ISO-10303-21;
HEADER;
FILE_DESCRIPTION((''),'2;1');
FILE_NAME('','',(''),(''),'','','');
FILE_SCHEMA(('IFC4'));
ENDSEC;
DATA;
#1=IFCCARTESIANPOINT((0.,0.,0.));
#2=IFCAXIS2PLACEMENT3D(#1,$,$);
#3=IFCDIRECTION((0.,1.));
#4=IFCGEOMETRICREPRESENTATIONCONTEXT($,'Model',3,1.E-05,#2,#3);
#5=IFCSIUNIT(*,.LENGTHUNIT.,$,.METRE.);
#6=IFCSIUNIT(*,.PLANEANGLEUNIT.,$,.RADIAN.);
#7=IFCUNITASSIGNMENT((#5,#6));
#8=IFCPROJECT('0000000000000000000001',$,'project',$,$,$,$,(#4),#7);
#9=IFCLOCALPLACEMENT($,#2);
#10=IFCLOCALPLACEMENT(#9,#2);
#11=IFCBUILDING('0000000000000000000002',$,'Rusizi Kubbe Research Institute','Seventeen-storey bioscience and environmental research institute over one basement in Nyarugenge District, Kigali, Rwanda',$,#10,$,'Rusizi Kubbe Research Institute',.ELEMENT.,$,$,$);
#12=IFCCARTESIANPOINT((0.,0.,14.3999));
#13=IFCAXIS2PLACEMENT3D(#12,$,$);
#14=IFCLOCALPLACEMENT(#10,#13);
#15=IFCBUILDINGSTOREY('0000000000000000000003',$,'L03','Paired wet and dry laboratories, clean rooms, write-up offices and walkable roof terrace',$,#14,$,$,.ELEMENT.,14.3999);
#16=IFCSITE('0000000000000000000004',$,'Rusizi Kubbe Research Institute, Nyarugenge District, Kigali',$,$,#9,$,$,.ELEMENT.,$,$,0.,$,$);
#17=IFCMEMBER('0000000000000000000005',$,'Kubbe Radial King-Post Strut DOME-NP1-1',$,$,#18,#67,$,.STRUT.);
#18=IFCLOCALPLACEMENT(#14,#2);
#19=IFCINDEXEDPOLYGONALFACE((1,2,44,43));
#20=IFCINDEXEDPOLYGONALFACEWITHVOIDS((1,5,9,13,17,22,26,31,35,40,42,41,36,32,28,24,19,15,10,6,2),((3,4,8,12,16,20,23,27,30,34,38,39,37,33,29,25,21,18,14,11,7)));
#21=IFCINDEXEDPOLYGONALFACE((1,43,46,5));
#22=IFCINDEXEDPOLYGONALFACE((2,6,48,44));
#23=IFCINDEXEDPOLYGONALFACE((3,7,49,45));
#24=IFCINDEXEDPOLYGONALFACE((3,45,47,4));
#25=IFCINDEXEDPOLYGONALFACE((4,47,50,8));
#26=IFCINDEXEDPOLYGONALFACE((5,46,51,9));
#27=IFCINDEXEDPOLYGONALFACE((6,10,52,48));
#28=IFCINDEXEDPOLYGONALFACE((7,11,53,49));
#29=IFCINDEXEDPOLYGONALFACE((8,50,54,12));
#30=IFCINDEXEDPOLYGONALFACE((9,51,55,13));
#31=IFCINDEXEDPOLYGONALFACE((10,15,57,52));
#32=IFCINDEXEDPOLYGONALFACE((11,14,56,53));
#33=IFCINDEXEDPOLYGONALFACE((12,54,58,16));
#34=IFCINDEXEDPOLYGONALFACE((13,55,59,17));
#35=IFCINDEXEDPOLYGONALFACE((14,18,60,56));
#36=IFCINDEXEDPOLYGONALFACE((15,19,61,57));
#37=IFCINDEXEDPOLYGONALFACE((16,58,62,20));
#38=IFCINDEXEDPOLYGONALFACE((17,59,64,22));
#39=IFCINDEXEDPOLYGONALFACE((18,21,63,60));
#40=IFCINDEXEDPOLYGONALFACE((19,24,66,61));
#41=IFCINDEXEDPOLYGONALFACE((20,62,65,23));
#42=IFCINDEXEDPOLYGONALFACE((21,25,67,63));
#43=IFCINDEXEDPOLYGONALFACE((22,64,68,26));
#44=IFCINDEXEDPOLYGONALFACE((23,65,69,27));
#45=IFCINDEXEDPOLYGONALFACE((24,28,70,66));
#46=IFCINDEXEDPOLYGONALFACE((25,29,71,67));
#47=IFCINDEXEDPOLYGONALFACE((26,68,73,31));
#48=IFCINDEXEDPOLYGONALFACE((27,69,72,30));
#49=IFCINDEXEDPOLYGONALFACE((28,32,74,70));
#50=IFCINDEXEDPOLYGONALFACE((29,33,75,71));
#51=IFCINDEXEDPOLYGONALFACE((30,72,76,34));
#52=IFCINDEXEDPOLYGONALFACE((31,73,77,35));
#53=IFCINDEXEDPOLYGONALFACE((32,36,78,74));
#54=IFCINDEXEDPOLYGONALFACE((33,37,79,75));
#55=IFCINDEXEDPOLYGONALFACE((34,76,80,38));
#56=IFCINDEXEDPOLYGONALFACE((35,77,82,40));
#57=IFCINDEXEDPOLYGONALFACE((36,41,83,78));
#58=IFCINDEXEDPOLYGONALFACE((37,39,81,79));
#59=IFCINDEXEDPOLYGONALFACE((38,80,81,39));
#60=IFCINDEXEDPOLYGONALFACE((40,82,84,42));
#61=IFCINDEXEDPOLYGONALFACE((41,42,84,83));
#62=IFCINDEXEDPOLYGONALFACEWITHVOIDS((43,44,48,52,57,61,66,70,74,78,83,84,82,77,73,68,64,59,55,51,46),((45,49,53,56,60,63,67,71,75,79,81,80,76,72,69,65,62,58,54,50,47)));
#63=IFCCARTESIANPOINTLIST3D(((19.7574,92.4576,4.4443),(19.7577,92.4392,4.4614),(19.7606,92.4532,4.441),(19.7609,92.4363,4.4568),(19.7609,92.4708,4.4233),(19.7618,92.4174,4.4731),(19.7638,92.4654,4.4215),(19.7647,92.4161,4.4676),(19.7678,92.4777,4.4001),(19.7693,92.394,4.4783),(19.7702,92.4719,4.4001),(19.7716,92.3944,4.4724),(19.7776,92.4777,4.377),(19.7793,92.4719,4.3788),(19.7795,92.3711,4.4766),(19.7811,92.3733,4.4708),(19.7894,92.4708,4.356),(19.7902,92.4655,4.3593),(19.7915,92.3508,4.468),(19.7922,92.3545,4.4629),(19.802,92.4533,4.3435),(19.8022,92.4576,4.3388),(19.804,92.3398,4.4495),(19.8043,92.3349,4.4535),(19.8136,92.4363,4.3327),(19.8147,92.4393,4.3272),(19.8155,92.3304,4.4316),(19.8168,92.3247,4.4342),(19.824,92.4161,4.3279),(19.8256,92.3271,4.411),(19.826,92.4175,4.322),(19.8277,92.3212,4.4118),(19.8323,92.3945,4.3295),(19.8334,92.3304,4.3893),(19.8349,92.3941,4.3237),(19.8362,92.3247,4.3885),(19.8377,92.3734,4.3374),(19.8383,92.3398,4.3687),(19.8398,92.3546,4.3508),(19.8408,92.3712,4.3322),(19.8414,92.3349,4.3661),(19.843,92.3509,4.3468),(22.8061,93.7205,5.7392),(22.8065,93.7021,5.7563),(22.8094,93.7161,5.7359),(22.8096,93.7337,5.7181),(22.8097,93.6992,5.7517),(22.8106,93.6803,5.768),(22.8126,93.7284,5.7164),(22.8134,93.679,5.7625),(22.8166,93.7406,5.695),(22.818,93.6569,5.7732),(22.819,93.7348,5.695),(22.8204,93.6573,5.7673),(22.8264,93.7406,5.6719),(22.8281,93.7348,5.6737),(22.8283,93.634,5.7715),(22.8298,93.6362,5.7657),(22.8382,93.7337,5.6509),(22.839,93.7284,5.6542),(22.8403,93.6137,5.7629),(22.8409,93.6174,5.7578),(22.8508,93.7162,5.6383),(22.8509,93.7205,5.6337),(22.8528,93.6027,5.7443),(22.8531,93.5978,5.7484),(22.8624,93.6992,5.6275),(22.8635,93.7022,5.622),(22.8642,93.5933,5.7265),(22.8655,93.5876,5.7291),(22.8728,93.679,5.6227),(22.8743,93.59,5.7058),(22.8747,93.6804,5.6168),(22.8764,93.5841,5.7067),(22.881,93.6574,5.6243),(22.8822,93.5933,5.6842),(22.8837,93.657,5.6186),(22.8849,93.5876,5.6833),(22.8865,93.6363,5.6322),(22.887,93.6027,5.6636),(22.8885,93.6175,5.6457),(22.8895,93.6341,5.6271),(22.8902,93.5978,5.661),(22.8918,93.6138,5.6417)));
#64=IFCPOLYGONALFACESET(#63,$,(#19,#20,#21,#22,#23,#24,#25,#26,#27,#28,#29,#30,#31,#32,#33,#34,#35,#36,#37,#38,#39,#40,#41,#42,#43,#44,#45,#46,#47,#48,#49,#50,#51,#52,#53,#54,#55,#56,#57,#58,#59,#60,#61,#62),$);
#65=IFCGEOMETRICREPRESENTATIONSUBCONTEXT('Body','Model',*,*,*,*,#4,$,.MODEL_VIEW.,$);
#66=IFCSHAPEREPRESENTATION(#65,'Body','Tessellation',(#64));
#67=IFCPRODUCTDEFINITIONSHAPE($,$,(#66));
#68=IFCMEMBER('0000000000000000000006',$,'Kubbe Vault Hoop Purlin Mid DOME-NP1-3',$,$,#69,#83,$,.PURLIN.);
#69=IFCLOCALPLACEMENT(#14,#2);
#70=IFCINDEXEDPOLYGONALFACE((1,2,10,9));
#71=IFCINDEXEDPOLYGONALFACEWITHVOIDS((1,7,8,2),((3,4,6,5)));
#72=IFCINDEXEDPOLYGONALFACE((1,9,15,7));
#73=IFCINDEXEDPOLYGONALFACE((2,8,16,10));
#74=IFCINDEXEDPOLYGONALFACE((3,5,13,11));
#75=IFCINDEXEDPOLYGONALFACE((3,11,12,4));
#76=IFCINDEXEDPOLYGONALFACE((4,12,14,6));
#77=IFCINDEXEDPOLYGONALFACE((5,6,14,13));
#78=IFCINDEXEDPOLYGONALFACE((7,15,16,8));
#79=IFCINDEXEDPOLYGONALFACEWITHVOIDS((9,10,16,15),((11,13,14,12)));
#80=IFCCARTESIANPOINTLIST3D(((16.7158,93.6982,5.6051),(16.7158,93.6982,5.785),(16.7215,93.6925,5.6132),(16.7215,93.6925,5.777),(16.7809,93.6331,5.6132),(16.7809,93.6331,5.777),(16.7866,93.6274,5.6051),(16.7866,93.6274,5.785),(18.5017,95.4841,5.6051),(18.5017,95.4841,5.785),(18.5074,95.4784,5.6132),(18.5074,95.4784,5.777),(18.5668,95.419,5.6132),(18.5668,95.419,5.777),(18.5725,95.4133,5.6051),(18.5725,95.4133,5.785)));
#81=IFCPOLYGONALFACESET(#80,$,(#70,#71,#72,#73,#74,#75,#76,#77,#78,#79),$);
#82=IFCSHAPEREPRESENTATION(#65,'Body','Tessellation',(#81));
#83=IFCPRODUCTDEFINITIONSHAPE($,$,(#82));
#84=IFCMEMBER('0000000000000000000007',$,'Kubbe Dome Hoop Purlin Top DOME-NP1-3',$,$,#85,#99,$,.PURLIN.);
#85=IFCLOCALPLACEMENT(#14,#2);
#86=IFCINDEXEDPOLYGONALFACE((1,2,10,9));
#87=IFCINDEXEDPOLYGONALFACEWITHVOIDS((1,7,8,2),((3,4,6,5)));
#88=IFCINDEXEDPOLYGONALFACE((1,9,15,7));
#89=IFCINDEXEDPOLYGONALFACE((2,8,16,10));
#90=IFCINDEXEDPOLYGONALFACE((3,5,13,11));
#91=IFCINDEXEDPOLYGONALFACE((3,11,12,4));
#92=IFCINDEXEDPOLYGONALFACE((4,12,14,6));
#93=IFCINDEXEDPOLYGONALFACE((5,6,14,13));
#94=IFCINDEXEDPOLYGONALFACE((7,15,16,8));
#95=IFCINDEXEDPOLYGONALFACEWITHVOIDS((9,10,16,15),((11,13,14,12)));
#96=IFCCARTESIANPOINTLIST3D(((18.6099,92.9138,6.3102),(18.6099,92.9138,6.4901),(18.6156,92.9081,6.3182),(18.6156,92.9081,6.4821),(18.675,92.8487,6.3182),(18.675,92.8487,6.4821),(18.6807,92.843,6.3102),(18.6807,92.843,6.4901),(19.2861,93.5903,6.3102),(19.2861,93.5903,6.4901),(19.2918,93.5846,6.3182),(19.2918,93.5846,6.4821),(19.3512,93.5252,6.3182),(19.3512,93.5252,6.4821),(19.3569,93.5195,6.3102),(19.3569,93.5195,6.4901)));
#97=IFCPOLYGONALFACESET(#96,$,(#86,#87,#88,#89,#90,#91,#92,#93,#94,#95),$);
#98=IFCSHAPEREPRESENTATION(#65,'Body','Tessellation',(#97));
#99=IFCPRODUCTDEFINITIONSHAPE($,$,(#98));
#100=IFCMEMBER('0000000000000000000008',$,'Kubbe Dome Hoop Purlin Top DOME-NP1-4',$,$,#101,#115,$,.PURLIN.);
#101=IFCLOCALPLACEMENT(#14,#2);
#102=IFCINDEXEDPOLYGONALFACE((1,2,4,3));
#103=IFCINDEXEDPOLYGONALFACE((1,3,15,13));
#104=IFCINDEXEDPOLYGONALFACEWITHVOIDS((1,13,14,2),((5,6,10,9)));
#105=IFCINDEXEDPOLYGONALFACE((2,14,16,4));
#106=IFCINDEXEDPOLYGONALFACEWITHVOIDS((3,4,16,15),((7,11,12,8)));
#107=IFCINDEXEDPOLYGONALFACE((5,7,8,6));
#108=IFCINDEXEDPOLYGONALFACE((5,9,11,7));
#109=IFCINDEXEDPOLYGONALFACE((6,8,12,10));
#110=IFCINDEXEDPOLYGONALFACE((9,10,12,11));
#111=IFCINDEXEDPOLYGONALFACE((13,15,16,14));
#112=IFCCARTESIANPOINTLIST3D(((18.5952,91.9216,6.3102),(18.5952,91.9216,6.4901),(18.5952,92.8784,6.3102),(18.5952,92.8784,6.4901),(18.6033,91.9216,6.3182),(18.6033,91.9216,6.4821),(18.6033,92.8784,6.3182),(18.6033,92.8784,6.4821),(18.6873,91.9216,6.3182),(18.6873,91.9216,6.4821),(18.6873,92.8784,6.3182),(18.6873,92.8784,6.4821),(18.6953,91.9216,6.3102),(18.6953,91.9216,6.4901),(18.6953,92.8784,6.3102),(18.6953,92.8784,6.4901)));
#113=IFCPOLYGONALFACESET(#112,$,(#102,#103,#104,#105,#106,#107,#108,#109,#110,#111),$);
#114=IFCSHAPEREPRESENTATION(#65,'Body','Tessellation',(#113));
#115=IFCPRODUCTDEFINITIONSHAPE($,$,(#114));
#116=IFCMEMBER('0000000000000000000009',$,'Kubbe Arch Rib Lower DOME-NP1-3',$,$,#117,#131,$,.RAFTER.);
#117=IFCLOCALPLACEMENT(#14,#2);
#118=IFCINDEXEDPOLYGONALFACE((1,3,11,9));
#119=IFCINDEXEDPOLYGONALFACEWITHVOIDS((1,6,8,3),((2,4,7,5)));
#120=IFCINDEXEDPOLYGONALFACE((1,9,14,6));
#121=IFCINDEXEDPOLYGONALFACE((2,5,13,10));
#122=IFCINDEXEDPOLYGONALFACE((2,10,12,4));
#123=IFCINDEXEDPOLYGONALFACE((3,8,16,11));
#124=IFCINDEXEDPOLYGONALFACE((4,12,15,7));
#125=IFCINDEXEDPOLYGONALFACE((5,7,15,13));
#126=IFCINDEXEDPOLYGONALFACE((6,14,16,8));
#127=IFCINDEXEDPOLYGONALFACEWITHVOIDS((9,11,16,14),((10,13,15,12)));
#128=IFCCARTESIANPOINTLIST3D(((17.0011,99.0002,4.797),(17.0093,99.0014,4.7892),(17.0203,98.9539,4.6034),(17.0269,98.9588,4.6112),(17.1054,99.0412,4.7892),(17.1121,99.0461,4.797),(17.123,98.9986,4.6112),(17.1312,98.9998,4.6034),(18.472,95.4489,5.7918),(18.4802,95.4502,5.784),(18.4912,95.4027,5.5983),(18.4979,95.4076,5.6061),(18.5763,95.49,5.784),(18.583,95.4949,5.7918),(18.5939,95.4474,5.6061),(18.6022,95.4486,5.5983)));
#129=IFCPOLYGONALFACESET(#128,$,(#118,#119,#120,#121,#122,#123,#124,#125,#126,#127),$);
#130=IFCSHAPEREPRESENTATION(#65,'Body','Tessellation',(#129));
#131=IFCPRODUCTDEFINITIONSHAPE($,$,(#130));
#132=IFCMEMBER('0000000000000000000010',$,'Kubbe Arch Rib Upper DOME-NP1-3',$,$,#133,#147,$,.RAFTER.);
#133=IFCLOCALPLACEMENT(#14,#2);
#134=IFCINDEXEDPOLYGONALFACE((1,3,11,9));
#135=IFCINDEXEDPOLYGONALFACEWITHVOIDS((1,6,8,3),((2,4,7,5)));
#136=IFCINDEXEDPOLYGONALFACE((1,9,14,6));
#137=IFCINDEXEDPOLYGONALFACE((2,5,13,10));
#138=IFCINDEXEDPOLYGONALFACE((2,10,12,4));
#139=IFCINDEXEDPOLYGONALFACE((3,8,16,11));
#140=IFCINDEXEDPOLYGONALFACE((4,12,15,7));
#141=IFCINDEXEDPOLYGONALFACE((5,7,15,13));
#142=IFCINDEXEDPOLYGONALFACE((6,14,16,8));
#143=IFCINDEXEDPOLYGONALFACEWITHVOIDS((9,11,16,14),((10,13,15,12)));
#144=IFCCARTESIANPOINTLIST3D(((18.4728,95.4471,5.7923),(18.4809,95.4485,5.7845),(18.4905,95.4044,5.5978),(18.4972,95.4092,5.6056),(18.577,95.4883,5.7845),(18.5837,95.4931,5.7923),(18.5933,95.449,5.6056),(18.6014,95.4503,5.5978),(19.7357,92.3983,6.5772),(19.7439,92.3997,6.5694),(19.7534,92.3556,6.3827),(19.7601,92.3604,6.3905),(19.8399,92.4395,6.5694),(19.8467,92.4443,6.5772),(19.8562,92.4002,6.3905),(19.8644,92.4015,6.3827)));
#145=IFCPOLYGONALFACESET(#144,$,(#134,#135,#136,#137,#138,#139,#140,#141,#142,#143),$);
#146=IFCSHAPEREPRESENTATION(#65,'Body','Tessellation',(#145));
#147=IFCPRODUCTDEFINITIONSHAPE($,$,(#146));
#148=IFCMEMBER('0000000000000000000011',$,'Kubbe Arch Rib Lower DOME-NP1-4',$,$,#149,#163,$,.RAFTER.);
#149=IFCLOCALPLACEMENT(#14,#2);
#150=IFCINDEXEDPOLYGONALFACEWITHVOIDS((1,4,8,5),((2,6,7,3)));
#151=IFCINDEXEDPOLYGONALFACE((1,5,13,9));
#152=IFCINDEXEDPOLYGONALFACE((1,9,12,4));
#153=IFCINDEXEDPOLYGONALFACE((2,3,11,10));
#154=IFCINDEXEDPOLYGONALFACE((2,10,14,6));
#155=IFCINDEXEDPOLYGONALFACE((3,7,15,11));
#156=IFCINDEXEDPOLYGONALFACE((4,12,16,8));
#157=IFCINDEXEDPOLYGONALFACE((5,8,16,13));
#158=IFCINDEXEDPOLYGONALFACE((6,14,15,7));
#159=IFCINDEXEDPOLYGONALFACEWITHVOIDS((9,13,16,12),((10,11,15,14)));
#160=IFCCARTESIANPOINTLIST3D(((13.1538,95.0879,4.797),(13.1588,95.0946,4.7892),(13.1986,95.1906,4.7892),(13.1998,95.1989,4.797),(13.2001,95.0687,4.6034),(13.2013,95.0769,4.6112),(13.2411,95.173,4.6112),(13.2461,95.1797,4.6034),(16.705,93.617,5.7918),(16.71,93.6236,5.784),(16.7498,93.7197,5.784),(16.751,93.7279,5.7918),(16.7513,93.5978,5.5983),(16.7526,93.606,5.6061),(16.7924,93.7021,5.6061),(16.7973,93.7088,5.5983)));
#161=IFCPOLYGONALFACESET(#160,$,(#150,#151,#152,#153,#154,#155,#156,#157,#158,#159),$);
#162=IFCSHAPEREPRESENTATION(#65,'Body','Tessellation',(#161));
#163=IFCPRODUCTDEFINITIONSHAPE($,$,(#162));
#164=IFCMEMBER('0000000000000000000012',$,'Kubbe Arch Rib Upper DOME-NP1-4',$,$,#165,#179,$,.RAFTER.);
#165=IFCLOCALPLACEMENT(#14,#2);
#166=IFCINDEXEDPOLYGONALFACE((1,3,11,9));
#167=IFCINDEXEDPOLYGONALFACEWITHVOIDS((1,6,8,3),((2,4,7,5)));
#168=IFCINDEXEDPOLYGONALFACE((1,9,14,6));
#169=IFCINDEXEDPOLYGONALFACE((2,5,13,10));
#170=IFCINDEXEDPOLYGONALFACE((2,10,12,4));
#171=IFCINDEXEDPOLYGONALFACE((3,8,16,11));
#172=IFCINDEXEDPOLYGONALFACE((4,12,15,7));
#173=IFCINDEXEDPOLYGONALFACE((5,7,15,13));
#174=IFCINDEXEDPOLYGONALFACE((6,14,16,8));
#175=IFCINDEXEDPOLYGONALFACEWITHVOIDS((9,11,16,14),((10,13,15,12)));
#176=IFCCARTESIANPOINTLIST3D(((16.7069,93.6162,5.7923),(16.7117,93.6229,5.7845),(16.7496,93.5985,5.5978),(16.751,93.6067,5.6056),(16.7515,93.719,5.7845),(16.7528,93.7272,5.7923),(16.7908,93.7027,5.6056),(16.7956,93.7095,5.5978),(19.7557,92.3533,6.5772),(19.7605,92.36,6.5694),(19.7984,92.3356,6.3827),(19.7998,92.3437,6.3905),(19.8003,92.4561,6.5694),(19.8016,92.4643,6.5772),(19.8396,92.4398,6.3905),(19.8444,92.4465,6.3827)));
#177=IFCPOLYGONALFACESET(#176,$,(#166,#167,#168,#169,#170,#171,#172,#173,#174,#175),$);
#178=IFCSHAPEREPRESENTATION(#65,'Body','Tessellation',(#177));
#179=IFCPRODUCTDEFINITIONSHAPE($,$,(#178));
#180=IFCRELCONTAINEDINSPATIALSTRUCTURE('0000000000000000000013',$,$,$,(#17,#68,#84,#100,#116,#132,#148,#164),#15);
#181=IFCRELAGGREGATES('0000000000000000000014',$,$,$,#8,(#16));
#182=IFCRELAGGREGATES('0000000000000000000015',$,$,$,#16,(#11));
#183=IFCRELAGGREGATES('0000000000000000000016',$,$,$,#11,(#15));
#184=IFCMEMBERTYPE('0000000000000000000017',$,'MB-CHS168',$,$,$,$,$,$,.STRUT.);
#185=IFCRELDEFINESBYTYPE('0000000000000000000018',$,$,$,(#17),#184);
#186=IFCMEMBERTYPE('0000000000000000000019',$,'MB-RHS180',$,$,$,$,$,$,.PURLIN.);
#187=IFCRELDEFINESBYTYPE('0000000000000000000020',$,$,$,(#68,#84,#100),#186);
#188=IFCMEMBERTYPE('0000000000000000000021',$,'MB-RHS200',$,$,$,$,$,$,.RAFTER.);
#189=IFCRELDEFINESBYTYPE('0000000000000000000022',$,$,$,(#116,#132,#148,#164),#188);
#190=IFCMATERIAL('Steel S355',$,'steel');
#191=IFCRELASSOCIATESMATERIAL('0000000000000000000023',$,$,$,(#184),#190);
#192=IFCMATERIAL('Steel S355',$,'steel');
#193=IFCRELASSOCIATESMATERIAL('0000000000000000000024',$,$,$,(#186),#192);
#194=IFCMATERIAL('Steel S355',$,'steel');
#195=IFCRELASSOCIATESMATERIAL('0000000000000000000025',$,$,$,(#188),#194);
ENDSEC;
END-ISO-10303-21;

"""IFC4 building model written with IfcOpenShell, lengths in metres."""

from ifc_helpers import new_model, si_unit, direction, frame, origin, origin_2d, place, context, subcontext, project, spatial, hollow_rectangle, hollow_circle, extrude, material, material_profile, profile_set, type_object, element, save


model = new_model("IFC4")

# Units and contexts
model_context = context("Model", 3, precision=1e-05, world=origin(), true_north=direction((0.0, 1.0)))
body_context = subcontext(model_context, "Body", "Model", "MODEL_VIEW")
ifc_project = project(units=[si_unit("LENGTHUNIT", "METRE"), si_unit("PLANEANGLEUNIT", "RADIAN")], contexts=[model_context])

# Site, building, storey
site_placement = place(None, origin())
site = spatial("IfcSite", under=ifc_project, at=site_placement, Name="Rusizi Kubbe Research Institute, Nyarugenge District, Kigali", CompositionType="ELEMENT", RefElevation=0.0)
building_placement = place(site_placement, origin())
building = spatial("IfcBuilding", under=site, at=building_placement, Name="Rusizi Kubbe Research Institute", Description="Seventeen-storey bioscience and environmental research institute over one basement in Nyarugenge District, Kigali, Rwanda", LongName="Rusizi Kubbe Research Institute", CompositionType="ELEMENT")
storey_placement = place(building_placement, frame((0.0, 0.0, 14.3999)))
storey = spatial("IfcBuildingStorey", under=building, at=storey_placement, Name="L03", Description="Paired wet and dry laboratories, clean rooms, write-up offices and walkable roof terrace", CompositionType="ELEMENT", Elevation=14.3999)

# Members
ifc_material_1 = material(Name="Steel S355", Category="steel")
ifc_material_profile_1 = material_profile(ifc_material_1, hollow_circle(Radius=0.0842, WallThickness=0.0063, at=origin_2d()), Name="CHS 168.3x6.3")
ifc_profile_set_1 = profile_set([ifc_material_profile_1], Name="Steel S355")
member_type_1 = type_object("IfcMemberType", Name="MB-CHS168", PredefinedType="STRUT", material=ifc_profile_set_1)
member_1_placement = place(storey_placement, frame((19.8, 92.3999, 4.4001), z_axis=(0.86003, 0.356257, 0.365279), x_axis=(-0.382702, 0.923872, 0.0)))
element("IfcMember", 1, at=member_1_placement, inside=storey, type_object=member_type_1, Name="Kubbe Radial King-Post Strut DOME-NP1-1", PredefinedType="STRUT", context=body_context, shape_type="SweptSolid", body=[
    extrude(hollow_circle(Radius=0.0842, WallThickness=0.0063, at=origin_2d()), origin(), (0.0, 0.0, 1.0), 3.5449),
])
ifc_material_2 = material(Name="Steel S355", Category="steel")
ifc_material_profile_2 = material_profile(ifc_material_2, hollow_rectangle(XDim=0.1001, YDim=0.1799, WallThickness=0.0081, at=origin_2d()), Name="RHS 180x100x8.0")
ifc_profile_set_2 = profile_set([ifc_material_profile_2], Name="Steel S355")
member_type_2 = type_object("IfcMemberType", Name="MB-RHS180", PredefinedType="PURLIN", material=ifc_profile_set_2)
member_2_placement = place(storey_placement, frame((18.5371, 95.4487, 5.6951), z_axis=(-0.707107, -0.707107, 0.0), x_axis=(0.707107, -0.707107, 0.0)))
element("IfcMember", 2, at=member_2_placement, inside=storey, type_object=member_type_2, Name="Kubbe Vault Hoop Purlin Mid DOME-NP1-3", PredefinedType="PURLIN", context=body_context, shape_type="SweptSolid", body=[
    extrude(hollow_rectangle(XDim=0.1001, YDim=0.1799, WallThickness=0.0081, at=origin_2d()), origin(), (0.0, 0.0, 1.0), 2.5256),
])
member_3_placement = place(storey_placement, frame((19.3215, 93.5549, 6.4001), z_axis=(-0.706979, -0.707234, 0.0), x_axis=(0.707234, -0.706979, 0.0)))
element("IfcMember", 3, at=member_3_placement, inside=storey, type_object=member_type_2, Name="Kubbe Dome Hoop Purlin Top DOME-NP1-3", PredefinedType="PURLIN", context=body_context, shape_type="SweptSolid", body=[
    extrude(hollow_rectangle(XDim=0.1001, YDim=0.1799, WallThickness=0.0081, at=origin_2d()), origin(), (0.0, 0.0, 1.0), 0.9565),
])
member_4_placement = place(storey_placement, frame((18.6453, 92.8784, 6.4001), z_axis=(0.0, -1.0, 0.0), x_axis=(1.0, 0.0, 0.0)))
element("IfcMember", 4, at=member_4_placement, inside=storey, type_object=member_type_2, Name="Kubbe Dome Hoop Purlin Top DOME-NP1-4", PredefinedType="PURLIN", context=body_context, shape_type="SweptSolid", body=[
    extrude(hollow_rectangle(XDim=0.1001, YDim=0.1799, WallThickness=0.0081, at=origin_2d()), origin(), (0.0, 0.0, 1.0), 0.9568),
])
ifc_material_3 = material(Name="Steel S355", Category="steel")
ifc_material_profile_3 = material_profile(ifc_material_3, hollow_rectangle(XDim=0.1201, YDim=0.2, WallThickness=0.0081, at=origin_2d()), Name="RHS 200x120x8.0")
ifc_profile_set_3 = profile_set([ifc_material_profile_3], Name="Steel S355")
member_type_3 = type_object("IfcMemberType", Name="MB-RHS200", PredefinedType="RAFTER", material=ifc_profile_set_3)
member_5_placement = place(storey_placement, frame((17.0662, 99.0, 4.7002), z_axis=(0.370468, -0.894411, 0.250565), x_axis=(0.923883, 0.382675, 0.0)))
element("IfcMember", 5, at=member_5_placement, inside=storey, type_object=member_type_3, Name="Kubbe Arch Rib Lower DOME-NP1-3", PredefinedType="RAFTER", context=body_context, shape_type="SweptSolid", body=[
    extrude(hollow_rectangle(XDim=0.1201, YDim=0.2, WallThickness=0.0081, at=origin_2d()), origin(), (0.0, 0.0, 1.0), 3.9705),
])
member_6_placement = place(storey_placement, frame((18.5371, 95.4487, 5.6951), z_axis=(0.372316, -0.898798, 0.231393), x_axis=(0.923872, 0.382702, 0.0)))
element("IfcMember", 6, at=member_6_placement, inside=storey, type_object=member_type_3, Name="Kubbe Arch Rib Upper DOME-NP1-3", PredefinedType="RAFTER", context=body_context, shape_type="SweptSolid", body=[
    extrude(hollow_rectangle(XDim=0.1201, YDim=0.2, WallThickness=0.0081, at=origin_2d()), origin(), (0.0, 0.0, 1.0), 3.3921),
])
member_7_placement = place(storey_placement, frame((13.2, 95.1338, 4.7002), z_axis=(0.894411, -0.370468, 0.250565), x_axis=(0.382675, 0.923883, 0.0)))
element("IfcMember", 7, at=member_7_placement, inside=storey, type_object=member_type_3, Name="Kubbe Arch Rib Lower DOME-NP1-4", PredefinedType="RAFTER", context=body_context, shape_type="SweptSolid", body=[
    extrude(hollow_rectangle(XDim=0.1201, YDim=0.2, WallThickness=0.0081, at=origin_2d()), origin(), (0.0, 0.0, 1.0), 3.9705),
])
member_8_placement = place(storey_placement, frame((16.7512, 93.6628, 5.6951), z_axis=(0.898798, -0.372316, 0.231393), x_axis=(0.382702, 0.923872, 0.0)))
element("IfcMember", 8, at=member_8_placement, inside=storey, type_object=member_type_3, Name="Kubbe Arch Rib Upper DOME-NP1-4", PredefinedType="RAFTER", context=body_context, shape_type="SweptSolid", body=[
    extrude(hollow_rectangle(XDim=0.1201, YDim=0.2, WallThickness=0.0081, at=origin_2d()), origin(), (0.0, 0.0, 1.0), 3.3921),
])

save(model, "model.ifc")
